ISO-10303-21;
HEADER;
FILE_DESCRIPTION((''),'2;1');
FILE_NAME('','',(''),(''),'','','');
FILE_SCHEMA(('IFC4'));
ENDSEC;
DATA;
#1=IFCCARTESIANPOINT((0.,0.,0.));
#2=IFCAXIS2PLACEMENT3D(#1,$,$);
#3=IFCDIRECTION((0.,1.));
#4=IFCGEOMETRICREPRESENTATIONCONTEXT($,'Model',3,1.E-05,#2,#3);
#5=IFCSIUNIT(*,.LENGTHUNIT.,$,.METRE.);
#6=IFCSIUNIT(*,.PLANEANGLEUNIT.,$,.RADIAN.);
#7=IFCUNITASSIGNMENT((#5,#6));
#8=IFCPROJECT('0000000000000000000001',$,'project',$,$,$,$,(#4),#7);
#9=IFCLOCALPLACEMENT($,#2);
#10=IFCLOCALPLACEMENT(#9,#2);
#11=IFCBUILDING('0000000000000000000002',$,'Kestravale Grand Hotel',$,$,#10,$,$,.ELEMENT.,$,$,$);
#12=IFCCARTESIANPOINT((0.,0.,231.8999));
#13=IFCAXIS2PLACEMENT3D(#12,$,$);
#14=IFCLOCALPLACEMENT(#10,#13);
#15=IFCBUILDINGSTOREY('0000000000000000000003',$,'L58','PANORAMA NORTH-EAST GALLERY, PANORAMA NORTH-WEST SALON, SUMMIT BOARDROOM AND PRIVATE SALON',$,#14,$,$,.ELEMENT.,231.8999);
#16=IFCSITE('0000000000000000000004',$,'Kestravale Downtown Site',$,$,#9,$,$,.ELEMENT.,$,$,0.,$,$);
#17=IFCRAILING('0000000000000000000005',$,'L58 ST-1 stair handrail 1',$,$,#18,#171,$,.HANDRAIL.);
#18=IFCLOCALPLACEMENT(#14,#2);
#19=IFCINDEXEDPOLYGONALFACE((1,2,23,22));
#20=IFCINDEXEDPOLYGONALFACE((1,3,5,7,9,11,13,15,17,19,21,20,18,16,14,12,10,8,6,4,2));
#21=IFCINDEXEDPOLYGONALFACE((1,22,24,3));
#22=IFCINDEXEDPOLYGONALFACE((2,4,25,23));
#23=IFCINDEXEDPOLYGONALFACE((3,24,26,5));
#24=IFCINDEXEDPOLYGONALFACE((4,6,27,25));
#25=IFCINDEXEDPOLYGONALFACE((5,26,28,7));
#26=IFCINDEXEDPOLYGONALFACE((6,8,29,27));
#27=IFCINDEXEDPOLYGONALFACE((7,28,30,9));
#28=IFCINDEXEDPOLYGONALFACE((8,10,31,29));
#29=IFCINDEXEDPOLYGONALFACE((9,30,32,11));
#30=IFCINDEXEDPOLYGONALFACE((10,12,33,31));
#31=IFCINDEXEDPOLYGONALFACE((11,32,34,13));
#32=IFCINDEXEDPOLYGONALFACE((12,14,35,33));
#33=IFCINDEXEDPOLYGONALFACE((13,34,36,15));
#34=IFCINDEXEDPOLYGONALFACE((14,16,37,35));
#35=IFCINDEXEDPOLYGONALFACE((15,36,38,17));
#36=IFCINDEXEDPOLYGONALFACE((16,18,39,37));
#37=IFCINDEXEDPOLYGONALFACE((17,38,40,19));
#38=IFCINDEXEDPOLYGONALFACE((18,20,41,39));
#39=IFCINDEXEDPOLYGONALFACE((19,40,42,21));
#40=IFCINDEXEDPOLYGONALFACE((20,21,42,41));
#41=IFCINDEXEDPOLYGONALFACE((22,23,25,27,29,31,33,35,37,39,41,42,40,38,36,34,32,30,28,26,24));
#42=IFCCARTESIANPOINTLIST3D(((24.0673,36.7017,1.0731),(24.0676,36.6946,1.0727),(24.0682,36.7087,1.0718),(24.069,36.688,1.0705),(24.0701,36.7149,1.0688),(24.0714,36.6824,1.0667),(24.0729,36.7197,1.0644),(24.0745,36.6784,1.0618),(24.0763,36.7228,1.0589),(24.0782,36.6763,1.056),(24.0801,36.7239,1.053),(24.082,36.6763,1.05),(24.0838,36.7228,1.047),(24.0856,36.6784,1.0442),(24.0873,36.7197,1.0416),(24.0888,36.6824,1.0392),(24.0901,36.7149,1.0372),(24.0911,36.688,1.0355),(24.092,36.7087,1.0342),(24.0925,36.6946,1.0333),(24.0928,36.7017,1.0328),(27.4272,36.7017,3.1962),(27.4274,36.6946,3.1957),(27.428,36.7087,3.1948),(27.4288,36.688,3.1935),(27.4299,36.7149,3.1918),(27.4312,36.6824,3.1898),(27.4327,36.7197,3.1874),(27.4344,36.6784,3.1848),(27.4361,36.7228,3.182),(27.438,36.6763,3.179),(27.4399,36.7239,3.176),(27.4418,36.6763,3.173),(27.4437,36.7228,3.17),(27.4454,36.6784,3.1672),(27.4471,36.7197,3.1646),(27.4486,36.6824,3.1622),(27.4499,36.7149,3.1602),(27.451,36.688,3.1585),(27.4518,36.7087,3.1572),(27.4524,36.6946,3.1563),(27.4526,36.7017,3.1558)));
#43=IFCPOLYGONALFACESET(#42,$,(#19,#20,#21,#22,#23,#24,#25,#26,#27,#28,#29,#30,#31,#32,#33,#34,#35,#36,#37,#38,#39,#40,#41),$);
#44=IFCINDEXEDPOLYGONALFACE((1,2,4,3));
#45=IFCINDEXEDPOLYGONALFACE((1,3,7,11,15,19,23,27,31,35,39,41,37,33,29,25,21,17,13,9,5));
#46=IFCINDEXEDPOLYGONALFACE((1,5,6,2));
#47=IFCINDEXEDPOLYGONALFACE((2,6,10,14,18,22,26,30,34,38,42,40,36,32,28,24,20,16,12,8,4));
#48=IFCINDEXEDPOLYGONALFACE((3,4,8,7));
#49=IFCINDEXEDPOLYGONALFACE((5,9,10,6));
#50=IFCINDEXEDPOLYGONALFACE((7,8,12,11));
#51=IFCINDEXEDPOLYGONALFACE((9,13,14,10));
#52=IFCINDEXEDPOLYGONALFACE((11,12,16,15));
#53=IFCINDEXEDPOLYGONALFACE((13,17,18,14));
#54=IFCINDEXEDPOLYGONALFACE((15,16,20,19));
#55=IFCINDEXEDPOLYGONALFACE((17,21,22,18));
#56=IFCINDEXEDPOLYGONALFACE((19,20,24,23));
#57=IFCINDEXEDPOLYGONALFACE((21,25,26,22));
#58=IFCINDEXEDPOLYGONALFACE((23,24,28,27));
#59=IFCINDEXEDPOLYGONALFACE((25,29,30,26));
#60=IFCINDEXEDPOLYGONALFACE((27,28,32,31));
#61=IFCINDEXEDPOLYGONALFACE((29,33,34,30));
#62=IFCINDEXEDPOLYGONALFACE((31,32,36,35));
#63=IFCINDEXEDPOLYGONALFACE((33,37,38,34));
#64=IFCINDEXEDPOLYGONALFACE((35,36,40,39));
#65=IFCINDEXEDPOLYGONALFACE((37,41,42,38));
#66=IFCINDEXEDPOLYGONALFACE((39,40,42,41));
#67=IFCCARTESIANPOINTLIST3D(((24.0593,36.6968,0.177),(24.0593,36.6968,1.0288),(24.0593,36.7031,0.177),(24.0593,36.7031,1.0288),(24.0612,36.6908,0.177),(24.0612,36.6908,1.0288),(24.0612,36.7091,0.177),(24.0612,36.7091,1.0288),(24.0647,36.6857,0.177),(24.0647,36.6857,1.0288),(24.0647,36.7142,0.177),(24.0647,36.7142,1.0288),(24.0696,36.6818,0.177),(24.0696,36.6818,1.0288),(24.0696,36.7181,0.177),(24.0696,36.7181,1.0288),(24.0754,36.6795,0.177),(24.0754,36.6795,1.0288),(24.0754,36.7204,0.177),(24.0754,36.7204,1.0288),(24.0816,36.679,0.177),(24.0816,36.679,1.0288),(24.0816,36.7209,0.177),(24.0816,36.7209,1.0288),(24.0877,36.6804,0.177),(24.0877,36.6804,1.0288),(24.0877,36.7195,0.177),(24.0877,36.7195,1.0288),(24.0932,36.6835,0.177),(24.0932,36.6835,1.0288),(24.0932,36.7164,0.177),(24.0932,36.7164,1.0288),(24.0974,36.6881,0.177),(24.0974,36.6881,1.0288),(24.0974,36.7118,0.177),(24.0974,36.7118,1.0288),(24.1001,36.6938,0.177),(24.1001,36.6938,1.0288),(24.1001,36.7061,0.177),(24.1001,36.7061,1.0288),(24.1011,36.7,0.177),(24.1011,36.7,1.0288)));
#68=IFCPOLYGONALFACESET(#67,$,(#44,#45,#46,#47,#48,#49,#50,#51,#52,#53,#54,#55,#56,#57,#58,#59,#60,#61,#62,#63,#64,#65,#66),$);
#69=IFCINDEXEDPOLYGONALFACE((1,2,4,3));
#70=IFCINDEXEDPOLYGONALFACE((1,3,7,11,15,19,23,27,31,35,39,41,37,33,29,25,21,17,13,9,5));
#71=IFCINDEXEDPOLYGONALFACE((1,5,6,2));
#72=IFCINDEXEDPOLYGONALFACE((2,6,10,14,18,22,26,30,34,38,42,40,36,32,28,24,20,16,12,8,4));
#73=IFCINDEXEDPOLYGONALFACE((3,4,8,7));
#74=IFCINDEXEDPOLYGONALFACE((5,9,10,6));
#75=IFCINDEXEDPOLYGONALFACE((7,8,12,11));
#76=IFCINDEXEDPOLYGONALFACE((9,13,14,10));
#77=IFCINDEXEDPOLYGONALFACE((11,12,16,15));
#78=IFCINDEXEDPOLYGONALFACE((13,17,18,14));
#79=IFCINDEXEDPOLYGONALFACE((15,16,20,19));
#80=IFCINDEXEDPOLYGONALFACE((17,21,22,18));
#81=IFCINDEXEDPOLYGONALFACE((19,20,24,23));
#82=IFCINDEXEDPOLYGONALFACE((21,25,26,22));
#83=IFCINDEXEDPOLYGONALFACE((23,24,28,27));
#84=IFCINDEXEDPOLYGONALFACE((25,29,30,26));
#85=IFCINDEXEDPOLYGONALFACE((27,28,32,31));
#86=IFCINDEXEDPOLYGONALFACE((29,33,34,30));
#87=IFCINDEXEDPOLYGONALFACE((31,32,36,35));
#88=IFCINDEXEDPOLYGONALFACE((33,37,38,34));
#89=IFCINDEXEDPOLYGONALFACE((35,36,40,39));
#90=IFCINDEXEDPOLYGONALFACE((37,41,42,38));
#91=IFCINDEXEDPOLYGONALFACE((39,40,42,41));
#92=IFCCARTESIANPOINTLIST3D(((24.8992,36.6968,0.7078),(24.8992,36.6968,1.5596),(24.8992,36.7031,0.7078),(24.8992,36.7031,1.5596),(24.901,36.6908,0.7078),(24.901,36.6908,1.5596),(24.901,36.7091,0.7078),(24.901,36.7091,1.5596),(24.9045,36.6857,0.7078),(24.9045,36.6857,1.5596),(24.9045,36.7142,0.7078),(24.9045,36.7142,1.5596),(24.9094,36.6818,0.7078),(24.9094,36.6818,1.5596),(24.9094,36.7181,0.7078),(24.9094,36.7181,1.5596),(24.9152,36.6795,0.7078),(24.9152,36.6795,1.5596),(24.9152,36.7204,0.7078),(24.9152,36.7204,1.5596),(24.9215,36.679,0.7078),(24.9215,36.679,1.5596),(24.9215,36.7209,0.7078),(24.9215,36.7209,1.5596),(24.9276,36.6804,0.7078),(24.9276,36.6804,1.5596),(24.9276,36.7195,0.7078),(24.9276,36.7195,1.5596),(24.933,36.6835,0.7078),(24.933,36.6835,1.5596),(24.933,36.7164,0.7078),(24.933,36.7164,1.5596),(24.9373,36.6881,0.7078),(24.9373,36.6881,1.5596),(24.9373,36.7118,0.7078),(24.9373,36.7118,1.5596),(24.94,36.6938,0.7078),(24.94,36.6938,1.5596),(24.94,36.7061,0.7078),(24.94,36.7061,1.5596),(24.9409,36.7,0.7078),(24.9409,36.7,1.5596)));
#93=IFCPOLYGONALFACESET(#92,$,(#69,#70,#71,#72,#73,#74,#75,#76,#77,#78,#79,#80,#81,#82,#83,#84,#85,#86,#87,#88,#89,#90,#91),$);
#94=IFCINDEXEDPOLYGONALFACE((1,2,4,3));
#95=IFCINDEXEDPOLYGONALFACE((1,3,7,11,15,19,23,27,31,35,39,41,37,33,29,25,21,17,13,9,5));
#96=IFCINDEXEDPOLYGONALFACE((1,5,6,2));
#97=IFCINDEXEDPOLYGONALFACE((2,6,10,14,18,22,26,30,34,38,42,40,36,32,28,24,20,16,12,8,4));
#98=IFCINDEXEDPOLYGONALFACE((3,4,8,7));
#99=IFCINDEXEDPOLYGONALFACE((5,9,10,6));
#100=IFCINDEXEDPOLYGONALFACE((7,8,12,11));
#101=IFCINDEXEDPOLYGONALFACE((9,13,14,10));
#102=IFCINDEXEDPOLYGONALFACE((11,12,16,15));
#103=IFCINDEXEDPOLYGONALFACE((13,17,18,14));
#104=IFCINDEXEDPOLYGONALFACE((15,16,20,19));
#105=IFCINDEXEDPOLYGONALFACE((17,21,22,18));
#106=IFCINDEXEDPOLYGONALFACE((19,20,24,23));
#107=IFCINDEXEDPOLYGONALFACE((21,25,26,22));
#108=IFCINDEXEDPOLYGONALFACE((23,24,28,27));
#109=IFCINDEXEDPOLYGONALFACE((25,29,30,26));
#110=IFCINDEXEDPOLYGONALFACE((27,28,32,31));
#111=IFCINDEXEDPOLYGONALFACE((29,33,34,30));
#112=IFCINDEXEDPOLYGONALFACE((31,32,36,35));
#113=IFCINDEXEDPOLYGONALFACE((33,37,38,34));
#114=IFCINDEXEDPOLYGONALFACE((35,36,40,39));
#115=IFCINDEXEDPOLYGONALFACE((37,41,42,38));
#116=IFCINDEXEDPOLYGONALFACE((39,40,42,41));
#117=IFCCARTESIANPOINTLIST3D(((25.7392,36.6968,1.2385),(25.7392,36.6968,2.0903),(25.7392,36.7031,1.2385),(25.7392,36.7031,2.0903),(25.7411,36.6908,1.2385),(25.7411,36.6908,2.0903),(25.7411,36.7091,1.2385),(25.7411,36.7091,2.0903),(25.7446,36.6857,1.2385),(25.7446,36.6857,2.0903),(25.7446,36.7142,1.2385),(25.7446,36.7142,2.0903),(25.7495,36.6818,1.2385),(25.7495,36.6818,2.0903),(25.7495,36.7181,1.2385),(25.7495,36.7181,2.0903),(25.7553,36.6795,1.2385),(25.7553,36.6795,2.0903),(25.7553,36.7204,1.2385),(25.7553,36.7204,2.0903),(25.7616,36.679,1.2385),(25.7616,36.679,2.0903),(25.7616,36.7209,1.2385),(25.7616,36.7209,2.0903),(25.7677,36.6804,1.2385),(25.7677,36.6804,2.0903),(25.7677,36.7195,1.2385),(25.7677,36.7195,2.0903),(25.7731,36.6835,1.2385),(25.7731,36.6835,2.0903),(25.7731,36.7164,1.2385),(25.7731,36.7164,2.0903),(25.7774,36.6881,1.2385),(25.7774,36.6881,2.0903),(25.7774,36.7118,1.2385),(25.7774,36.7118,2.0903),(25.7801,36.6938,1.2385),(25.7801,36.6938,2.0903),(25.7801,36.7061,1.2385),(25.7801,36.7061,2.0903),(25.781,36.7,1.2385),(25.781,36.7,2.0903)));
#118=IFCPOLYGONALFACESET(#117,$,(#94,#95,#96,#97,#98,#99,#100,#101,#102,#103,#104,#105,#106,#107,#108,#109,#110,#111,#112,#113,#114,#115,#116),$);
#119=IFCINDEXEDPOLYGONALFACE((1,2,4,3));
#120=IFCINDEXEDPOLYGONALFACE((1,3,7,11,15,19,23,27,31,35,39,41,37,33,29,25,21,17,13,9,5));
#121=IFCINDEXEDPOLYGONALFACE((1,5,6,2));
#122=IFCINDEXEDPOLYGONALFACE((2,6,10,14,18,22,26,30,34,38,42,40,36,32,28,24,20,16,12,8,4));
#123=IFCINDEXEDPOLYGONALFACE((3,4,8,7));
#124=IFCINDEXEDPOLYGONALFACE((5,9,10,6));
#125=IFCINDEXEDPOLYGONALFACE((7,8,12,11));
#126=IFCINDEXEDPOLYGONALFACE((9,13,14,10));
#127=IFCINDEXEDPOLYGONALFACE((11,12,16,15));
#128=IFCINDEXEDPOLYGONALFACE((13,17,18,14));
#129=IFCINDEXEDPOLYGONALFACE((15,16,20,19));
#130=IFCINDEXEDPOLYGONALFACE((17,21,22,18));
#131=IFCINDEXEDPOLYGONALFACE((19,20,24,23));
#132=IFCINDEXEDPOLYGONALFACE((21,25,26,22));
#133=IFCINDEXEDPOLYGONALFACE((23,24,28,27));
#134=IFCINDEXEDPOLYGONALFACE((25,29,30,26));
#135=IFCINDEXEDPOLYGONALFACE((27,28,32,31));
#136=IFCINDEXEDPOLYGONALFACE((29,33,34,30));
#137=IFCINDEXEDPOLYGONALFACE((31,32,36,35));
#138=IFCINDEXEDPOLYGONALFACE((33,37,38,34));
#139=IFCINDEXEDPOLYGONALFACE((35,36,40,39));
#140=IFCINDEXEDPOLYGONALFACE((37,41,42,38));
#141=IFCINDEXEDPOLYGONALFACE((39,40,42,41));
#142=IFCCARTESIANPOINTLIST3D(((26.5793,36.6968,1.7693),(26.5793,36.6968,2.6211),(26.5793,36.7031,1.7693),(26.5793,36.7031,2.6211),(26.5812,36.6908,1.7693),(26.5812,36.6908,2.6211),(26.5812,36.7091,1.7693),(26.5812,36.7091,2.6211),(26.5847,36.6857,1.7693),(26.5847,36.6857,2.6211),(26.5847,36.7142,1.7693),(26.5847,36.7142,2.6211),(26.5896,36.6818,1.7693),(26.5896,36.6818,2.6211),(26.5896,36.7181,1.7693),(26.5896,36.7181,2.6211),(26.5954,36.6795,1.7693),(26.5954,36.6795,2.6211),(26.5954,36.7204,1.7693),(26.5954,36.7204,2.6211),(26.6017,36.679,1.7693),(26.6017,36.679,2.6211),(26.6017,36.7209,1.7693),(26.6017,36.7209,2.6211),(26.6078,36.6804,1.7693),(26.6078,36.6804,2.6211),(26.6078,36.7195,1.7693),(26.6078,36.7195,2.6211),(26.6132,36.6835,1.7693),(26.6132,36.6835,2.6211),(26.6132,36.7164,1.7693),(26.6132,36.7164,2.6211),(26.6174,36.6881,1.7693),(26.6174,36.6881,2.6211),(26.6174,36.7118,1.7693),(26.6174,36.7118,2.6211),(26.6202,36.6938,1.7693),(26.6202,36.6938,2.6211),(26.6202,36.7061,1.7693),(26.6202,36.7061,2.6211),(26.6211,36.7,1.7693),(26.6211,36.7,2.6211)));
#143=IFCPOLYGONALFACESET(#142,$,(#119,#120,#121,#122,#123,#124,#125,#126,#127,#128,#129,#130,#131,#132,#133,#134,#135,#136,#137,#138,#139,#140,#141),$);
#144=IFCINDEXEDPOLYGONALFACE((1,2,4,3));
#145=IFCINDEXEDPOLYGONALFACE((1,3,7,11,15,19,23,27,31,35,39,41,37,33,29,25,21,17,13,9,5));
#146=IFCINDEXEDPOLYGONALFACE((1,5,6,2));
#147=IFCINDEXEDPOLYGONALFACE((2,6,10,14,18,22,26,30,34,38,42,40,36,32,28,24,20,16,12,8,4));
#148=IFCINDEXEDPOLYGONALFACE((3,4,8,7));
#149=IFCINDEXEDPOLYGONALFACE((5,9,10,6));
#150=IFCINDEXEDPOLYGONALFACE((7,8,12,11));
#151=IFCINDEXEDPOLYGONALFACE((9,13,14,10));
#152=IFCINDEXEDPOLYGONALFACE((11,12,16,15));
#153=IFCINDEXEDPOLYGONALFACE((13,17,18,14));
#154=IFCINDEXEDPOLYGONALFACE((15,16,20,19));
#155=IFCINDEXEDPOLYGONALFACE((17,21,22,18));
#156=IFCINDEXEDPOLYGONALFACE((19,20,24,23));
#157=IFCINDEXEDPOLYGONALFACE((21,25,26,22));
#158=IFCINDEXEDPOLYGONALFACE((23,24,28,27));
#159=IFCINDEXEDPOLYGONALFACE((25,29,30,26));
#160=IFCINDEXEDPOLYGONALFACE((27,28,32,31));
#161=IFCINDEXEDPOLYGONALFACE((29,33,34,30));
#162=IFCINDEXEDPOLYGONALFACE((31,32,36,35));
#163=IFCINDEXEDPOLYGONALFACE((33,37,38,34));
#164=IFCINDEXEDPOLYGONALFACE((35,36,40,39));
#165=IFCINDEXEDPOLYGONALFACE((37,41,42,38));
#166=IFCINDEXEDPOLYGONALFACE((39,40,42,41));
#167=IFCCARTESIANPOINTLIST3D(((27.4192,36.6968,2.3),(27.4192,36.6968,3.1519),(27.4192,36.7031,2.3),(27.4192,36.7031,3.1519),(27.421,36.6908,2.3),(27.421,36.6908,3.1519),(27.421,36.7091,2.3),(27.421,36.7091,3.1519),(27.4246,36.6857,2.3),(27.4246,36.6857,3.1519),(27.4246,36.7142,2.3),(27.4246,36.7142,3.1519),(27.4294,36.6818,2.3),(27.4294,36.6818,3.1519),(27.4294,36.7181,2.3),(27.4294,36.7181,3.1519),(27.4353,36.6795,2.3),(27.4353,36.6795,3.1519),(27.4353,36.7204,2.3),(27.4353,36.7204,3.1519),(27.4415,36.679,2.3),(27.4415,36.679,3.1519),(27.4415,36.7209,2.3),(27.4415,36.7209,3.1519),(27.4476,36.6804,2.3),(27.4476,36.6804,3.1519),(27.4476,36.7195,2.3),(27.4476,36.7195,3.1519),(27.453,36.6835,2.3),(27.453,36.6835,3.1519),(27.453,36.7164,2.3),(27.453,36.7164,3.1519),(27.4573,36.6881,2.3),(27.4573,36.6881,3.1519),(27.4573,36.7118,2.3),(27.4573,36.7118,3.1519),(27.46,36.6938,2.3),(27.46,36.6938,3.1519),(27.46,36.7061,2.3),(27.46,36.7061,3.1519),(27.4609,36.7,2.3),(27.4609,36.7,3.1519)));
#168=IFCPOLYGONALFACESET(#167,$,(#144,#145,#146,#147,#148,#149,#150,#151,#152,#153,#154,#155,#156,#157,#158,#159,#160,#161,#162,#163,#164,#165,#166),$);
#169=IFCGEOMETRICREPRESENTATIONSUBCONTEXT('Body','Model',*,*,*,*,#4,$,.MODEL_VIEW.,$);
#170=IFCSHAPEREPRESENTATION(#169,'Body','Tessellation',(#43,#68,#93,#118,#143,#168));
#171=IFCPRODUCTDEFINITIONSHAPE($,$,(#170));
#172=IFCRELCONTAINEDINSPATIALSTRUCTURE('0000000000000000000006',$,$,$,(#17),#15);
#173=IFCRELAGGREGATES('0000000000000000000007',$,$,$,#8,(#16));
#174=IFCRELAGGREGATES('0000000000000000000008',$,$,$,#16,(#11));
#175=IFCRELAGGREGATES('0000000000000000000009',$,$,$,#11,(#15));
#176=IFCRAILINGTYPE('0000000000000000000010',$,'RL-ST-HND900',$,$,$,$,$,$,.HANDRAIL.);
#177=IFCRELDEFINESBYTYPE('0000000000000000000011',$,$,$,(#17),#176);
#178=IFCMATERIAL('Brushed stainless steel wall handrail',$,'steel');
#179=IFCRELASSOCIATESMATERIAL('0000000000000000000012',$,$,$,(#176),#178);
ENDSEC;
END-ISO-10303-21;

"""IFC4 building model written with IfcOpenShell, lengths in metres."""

from ifc_helpers import new_model, si_unit, direction, frame, origin, origin_2d, place, context, subcontext, project, spatial, circle, extrude, material, type_object, element, save


model = new_model("IFC4")

# Units and contexts
model_context = context("Model", 3, precision=1e-05, world=origin(), true_north=direction((0.0, 1.0)))
body_context = subcontext(model_context, "Body", "Model", "MODEL_VIEW")
ifc_project = project(units=[si_unit("LENGTHUNIT", "METRE"), si_unit("PLANEANGLEUNIT", "RADIAN")], contexts=[model_context])

# Site, building, storey
site_placement = place(None, origin())
site = spatial("IfcSite", under=ifc_project, at=site_placement, Name="Kestravale Downtown Site", CompositionType="ELEMENT", RefElevation=0.0)
building_placement = place(site_placement, origin())
building = spatial("IfcBuilding", under=site, at=building_placement, Name="Kestravale Grand Hotel", CompositionType="ELEMENT")
storey_placement = place(building_placement, frame((0.0, 0.0, 231.8999)))
storey = spatial("IfcBuildingStorey", under=building, at=storey_placement, Name="L58", Description="PANORAMA NORTH-EAST GALLERY, PANORAMA NORTH-WEST SALON, SUMMIT BOARDROOM AND PRIVATE SALON", CompositionType="ELEMENT", Elevation=231.8999)

# Railing
ifc_material_1 = material(Name="Brushed stainless steel wall handrail", Category="steel")
railing_type_1 = type_object("IfcRailingType", Name="RL-ST-HND900", PredefinedType="HANDRAIL", material=ifc_material_1)
railing_1_placement = place(storey_placement, frame((24.0801, 36.7, 0.177)))
element("IfcRailing", 1, at=railing_1_placement, inside=storey, type_object=railing_type_1, Name="L58 ST-1 stair handrail 1", PredefinedType="HANDRAIL", context=body_context, shape_type="SweptSolid", body=[
    extrude(circle(Radius=0.0239, at=origin_2d()), frame((0.0, 0.0, 0.876), z_axis=(0.845372, 0.0, 0.534178), x_axis=(0.0, 1.0, 0.0)), (0.0, 0.0, 1.0), 3.9744),
    extrude(circle(Radius=0.021, at=origin_2d()), origin(), (0.0, 0.0, 1.0), 0.8518),
    extrude(circle(Radius=0.021, at=origin_2d()), frame((0.8398, 0.0, 0.5308)), (0.0, 0.0, 1.0), 0.8518),
    extrude(circle(Radius=0.021, at=origin_2d()), frame((1.6799, 0.0, 1.0615)), (0.0, 0.0, 1.0), 0.8518),
    extrude(circle(Radius=0.021, at=origin_2d()), frame((2.52, 0.0, 1.5923)), (0.0, 0.0, 1.0), 0.8518),
    extrude(circle(Radius=0.021, at=origin_2d()), frame((3.3599, 0.0, 2.123)), (0.0, 0.0, 1.0), 0.8518),
])

save(model, "model.ifc")
